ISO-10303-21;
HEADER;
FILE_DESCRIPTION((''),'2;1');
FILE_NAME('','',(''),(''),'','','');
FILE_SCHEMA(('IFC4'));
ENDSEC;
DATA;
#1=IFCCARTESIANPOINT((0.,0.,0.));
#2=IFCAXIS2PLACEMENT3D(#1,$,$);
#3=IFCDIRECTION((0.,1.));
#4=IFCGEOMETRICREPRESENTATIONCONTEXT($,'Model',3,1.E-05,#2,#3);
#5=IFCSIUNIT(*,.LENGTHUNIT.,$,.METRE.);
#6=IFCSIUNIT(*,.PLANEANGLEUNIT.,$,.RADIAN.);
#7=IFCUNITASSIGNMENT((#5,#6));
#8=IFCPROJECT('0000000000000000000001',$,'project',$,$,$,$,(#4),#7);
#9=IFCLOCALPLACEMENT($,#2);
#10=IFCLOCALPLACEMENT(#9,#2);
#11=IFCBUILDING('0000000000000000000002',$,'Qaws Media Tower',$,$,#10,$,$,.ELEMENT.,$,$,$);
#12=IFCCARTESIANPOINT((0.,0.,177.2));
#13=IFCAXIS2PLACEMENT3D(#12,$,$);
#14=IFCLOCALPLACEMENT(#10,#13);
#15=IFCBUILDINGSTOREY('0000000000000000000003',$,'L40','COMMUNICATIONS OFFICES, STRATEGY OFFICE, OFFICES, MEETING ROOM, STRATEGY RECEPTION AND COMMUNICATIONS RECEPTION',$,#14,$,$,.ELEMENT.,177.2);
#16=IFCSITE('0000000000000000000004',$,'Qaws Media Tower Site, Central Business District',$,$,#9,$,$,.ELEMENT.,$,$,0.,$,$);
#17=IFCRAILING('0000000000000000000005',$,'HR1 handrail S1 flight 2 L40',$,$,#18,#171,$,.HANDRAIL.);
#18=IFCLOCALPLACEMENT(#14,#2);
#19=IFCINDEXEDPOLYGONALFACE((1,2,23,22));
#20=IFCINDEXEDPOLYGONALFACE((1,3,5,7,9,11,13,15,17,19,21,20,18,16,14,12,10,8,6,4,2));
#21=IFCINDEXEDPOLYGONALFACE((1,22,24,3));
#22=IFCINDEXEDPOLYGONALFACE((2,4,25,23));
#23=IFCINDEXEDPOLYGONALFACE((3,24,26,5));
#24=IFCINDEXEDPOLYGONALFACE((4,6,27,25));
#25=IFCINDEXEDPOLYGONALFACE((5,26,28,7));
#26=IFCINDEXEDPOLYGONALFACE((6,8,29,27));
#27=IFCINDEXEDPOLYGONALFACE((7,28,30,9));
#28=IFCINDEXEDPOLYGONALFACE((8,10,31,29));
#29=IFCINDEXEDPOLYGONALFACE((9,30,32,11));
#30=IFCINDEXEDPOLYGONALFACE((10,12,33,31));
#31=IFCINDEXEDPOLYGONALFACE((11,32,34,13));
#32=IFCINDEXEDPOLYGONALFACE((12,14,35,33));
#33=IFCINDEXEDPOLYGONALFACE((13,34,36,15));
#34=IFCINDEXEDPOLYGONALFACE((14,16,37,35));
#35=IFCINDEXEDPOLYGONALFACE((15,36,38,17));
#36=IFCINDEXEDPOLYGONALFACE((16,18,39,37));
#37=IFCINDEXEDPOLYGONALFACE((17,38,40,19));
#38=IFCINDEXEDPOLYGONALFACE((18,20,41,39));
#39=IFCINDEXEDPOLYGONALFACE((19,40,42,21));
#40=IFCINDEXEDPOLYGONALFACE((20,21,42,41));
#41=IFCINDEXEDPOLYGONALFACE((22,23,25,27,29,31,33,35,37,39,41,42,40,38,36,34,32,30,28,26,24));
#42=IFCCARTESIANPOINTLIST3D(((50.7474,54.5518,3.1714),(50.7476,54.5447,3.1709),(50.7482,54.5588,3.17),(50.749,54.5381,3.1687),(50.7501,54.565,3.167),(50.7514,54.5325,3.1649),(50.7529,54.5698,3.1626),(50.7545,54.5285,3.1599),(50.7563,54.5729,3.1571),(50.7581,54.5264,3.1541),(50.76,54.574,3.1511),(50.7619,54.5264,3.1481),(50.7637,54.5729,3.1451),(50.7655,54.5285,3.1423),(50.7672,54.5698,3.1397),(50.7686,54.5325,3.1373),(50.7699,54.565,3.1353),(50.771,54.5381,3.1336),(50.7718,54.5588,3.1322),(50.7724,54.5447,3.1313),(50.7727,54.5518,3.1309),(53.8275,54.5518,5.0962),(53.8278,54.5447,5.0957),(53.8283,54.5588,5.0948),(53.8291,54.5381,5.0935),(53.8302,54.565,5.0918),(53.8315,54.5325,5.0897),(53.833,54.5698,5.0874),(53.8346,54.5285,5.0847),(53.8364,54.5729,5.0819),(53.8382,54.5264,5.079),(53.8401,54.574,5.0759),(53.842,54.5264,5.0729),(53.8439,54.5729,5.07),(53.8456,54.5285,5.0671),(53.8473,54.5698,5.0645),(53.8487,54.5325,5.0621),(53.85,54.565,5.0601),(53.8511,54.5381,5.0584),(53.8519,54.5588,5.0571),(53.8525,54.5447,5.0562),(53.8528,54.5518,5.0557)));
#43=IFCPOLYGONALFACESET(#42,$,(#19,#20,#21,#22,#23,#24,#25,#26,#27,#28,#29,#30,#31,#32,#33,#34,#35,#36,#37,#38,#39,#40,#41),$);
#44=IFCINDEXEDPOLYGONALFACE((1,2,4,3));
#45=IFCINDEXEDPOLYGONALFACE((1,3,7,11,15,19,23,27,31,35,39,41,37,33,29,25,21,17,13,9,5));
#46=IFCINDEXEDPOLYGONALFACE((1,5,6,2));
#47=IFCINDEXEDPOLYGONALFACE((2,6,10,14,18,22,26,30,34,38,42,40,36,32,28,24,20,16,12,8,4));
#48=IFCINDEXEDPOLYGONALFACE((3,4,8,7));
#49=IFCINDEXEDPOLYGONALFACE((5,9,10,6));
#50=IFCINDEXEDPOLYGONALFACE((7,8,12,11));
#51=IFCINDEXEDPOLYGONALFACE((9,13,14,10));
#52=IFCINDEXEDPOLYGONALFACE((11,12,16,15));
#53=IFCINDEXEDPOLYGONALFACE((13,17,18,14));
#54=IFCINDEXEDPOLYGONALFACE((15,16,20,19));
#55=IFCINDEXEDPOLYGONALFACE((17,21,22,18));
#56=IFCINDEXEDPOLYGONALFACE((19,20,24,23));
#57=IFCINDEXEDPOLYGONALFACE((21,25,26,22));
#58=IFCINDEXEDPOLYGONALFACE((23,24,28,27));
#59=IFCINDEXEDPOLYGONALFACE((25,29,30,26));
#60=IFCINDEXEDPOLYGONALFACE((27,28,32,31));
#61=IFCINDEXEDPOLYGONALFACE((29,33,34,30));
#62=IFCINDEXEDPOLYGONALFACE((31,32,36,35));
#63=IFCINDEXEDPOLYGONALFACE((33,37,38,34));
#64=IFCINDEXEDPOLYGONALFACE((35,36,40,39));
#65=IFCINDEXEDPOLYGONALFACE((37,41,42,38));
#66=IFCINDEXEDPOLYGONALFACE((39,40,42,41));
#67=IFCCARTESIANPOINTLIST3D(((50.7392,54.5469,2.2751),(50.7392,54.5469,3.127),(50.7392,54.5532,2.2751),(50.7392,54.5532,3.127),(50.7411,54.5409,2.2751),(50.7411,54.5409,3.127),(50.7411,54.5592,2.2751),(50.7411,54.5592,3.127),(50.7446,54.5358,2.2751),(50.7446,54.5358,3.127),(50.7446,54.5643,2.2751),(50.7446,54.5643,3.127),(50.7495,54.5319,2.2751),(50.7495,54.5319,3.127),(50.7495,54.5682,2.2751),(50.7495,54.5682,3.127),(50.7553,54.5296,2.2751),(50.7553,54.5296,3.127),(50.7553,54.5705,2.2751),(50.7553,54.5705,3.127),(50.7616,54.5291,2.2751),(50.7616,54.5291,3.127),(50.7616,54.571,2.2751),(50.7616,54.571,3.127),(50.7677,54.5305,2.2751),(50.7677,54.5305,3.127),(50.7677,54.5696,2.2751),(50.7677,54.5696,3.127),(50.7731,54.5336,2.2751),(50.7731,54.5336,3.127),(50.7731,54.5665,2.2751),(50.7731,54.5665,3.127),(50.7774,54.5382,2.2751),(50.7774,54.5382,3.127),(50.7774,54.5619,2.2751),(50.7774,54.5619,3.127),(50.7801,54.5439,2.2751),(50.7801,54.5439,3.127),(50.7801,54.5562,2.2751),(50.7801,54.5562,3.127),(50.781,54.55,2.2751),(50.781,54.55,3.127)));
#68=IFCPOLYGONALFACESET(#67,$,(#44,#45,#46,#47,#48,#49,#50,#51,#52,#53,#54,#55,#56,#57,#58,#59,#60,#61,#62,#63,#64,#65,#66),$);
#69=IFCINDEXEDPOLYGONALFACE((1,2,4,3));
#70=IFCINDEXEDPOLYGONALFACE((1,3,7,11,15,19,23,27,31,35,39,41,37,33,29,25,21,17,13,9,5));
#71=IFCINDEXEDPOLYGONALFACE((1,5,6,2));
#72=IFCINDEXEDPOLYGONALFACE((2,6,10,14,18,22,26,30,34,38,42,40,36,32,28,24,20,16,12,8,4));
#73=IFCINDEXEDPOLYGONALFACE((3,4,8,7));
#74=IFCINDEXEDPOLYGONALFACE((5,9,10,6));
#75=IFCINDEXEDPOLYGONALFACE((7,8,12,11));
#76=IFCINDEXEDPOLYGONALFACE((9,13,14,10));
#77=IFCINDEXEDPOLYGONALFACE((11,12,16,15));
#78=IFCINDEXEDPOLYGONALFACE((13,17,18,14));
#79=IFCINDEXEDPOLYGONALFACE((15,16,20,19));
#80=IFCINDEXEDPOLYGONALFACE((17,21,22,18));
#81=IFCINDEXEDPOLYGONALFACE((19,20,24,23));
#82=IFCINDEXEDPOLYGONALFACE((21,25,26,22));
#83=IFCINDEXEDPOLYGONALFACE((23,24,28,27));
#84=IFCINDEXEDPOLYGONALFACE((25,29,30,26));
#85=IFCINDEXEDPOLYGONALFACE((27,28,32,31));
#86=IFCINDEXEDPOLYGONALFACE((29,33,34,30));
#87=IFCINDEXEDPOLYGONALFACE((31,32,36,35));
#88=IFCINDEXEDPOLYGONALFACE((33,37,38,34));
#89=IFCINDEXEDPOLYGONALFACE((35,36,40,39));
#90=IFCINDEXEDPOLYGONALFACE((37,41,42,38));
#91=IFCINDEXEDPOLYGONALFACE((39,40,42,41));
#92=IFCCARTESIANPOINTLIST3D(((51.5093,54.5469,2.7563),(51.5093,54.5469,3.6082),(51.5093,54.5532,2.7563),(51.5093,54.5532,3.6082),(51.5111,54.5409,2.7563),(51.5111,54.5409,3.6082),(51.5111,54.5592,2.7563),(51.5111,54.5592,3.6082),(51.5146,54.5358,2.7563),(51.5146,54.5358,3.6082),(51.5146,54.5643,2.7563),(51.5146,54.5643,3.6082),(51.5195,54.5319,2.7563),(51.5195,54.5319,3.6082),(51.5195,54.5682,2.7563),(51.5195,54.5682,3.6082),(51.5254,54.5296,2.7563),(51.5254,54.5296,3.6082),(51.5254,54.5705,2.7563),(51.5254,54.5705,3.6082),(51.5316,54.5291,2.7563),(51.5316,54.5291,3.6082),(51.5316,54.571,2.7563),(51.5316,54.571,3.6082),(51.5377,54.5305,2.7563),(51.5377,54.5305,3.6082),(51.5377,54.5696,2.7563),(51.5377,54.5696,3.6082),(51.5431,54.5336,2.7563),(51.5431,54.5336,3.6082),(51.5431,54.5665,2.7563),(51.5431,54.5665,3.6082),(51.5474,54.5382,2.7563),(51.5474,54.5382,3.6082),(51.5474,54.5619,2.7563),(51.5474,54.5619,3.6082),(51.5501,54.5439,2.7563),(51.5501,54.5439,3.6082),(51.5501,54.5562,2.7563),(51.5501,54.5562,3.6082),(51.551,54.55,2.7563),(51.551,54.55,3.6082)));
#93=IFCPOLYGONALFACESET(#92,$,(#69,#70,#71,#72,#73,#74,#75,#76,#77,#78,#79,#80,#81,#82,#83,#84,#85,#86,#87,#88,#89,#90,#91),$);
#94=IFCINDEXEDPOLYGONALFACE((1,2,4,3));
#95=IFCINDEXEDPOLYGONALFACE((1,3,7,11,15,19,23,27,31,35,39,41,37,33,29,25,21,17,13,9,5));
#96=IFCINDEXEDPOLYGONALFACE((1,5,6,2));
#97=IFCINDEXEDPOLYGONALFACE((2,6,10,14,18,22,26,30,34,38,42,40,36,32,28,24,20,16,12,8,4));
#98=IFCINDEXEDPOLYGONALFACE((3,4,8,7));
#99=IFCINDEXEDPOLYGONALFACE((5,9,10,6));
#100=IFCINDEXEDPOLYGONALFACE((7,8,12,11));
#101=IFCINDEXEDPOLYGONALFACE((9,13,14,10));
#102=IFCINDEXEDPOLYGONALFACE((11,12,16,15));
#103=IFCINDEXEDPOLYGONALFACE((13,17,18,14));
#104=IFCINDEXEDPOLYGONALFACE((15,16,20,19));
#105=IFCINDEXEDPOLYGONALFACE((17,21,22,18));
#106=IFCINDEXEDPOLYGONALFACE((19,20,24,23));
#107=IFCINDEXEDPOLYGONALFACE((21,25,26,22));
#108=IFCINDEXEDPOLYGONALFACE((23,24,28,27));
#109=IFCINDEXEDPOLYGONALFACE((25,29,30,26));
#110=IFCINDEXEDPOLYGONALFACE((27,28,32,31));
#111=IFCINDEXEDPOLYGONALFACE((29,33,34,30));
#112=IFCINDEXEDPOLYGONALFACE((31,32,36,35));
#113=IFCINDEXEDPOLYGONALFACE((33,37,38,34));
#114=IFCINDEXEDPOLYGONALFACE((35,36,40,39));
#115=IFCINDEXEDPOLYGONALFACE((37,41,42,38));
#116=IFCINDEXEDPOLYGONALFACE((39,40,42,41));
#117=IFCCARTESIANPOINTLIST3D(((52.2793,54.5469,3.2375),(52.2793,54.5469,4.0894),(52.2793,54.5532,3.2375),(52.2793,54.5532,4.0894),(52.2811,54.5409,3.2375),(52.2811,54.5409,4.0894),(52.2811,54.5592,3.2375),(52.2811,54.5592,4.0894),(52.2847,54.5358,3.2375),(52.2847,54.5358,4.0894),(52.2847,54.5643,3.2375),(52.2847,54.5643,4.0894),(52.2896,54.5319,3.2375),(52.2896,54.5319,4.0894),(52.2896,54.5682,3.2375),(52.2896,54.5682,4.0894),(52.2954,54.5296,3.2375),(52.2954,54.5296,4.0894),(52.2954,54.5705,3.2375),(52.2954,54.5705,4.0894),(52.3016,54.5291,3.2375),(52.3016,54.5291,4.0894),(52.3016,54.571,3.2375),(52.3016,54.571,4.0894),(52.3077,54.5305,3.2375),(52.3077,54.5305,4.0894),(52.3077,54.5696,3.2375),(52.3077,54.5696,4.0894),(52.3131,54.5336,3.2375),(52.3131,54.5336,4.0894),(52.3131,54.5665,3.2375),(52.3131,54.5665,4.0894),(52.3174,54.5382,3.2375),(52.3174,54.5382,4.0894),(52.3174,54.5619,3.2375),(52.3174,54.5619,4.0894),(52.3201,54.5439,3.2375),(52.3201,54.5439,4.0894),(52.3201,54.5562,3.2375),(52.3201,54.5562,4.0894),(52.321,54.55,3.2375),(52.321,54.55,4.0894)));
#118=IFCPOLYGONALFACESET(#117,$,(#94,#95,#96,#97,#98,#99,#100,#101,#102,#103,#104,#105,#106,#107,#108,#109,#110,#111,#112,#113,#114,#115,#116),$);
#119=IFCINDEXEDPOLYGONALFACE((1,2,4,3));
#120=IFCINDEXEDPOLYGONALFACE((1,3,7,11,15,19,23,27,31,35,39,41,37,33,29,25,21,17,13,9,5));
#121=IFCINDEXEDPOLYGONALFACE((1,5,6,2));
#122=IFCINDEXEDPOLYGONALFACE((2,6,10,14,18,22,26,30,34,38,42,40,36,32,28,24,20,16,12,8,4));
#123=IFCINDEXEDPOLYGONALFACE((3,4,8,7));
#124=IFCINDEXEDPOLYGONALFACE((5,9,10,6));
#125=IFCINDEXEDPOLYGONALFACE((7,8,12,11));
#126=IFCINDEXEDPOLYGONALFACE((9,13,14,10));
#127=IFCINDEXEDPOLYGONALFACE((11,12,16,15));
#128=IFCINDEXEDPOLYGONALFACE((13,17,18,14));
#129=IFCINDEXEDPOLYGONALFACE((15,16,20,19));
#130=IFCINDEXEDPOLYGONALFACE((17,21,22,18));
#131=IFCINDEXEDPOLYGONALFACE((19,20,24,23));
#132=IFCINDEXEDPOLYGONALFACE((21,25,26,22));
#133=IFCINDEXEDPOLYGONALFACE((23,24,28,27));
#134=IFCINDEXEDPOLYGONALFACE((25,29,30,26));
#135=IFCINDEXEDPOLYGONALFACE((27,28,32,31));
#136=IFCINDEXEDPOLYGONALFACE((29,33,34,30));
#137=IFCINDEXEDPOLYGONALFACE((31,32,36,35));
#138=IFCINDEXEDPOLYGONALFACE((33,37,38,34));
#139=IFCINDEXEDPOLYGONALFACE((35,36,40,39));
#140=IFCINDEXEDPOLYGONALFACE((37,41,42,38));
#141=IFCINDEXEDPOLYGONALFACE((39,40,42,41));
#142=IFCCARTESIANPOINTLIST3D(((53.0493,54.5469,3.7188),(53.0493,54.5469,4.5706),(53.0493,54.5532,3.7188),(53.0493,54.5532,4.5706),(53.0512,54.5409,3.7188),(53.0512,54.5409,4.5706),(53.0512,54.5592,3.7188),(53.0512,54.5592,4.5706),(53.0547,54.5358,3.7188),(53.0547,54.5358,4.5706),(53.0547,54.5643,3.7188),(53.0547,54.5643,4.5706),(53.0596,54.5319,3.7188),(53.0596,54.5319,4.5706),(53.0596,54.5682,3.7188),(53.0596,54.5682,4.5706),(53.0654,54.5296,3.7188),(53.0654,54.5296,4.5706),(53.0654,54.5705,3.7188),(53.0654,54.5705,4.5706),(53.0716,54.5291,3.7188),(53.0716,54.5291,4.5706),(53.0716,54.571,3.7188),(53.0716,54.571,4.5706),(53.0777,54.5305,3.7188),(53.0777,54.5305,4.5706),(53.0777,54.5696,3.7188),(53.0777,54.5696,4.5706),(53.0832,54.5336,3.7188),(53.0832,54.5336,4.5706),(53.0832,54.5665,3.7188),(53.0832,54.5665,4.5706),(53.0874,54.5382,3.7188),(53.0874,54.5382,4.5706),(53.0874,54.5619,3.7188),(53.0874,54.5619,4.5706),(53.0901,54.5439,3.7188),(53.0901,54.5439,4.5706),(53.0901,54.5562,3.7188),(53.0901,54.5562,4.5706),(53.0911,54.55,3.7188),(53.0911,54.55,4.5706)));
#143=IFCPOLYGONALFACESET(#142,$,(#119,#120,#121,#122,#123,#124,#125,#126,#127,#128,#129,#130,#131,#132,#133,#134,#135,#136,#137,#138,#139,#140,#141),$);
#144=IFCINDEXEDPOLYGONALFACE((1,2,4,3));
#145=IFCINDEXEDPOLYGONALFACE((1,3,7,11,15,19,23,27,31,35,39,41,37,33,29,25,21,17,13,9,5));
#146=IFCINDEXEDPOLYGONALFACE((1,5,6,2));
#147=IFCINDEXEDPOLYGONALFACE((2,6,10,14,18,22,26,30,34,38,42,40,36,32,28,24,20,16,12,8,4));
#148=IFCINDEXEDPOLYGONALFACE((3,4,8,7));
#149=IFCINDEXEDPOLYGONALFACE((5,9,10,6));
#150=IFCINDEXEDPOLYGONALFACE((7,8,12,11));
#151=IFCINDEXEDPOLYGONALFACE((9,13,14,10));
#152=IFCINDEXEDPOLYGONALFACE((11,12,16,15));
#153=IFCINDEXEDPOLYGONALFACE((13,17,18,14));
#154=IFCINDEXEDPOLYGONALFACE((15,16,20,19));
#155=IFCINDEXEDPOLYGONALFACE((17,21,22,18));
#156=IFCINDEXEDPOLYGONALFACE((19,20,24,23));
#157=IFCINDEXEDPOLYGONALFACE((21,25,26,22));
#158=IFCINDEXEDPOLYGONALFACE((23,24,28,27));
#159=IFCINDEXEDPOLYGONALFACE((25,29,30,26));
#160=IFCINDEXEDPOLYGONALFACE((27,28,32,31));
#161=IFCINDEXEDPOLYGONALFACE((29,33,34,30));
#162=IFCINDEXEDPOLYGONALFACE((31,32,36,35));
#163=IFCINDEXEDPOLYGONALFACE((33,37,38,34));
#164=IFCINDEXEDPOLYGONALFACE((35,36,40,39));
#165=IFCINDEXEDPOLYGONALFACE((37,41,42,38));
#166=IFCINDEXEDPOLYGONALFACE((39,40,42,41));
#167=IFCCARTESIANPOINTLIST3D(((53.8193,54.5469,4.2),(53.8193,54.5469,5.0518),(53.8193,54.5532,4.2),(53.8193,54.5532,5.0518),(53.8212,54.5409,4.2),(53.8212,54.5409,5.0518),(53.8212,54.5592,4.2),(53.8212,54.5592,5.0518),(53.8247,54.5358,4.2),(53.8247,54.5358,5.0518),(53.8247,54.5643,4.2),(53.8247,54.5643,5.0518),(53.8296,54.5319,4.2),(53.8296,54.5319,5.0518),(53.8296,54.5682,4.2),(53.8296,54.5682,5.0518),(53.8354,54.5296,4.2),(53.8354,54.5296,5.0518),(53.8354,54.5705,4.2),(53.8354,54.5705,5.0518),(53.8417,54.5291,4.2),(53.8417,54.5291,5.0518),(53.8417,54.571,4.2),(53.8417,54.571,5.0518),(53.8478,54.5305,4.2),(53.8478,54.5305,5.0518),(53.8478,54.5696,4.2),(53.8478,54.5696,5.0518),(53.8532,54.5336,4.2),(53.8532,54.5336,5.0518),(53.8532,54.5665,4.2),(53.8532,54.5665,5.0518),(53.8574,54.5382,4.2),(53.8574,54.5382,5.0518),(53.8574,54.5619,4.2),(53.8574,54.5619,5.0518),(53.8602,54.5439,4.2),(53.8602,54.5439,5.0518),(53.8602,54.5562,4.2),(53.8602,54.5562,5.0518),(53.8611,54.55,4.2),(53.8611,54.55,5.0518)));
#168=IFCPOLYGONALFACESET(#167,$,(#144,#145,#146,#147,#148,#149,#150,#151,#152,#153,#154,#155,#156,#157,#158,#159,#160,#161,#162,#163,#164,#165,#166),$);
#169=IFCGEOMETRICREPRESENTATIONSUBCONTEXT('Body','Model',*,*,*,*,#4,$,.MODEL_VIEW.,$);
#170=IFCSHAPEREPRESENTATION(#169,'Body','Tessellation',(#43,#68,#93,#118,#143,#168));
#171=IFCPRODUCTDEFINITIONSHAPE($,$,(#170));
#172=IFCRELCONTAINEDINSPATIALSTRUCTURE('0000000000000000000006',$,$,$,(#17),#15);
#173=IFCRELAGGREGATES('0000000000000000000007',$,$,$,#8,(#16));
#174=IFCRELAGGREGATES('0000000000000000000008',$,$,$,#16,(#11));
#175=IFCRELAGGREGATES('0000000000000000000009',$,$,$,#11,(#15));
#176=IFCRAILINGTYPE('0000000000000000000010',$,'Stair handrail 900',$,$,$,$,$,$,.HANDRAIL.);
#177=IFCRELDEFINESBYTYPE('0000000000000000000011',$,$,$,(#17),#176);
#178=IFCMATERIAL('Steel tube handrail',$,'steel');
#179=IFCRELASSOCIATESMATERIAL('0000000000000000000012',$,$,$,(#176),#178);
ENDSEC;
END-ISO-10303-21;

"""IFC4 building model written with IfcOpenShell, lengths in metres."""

from ifc_helpers import new_model, si_unit, direction, frame, origin, origin_2d, place, context, subcontext, project, spatial, circle, extrude, material, type_object, element, save


model = new_model("IFC4")

# Units and contexts
model_context = context("Model", 3, precision=1e-05, world=origin(), true_north=direction((0.0, 1.0)))
body_context = subcontext(model_context, "Body", "Model", "MODEL_VIEW")
ifc_project = project(units=[si_unit("LENGTHUNIT", "METRE"), si_unit("PLANEANGLEUNIT", "RADIAN")], contexts=[model_context])

# Site, building, storey
site_placement = place(None, origin())
site = spatial("IfcSite", under=ifc_project, at=site_placement, Name="Qaws Media Tower Site, Central Business District", CompositionType="ELEMENT", RefElevation=0.0)
building_placement = place(site_placement, origin())
building = spatial("IfcBuilding", under=site, at=building_placement, Name="Qaws Media Tower", CompositionType="ELEMENT")
storey_placement = place(building_placement, frame((0.0, 0.0, 177.2)))
storey = spatial("IfcBuildingStorey", under=building, at=storey_placement, Name="L40", Description="COMMUNICATIONS OFFICES, STRATEGY OFFICE, OFFICES, MEETING ROOM, STRATEGY RECEPTION AND COMMUNICATIONS RECEPTION", CompositionType="ELEMENT", Elevation=177.2)

# Railing
ifc_material_1 = material(Name="Steel tube handrail", Category="steel")
railing_type = type_object("IfcRailingType", Name="Stair handrail 900", PredefinedType="HANDRAIL", material=ifc_material_1)
for number, where, name in (
    (1, (50.76, 54.55, 2.2751), "HR1 handrail S1 flight 2 L40"),
):
    element("IfcRailing", number, at=place(storey_placement, frame(where)), inside=storey, type_object=railing_type, Name=name, PredefinedType="HANDRAIL", context=body_context, shape_type="SweptSolid", body=[
        extrude(circle(Radius=0.0239, at=origin_2d()), frame((0.0, 0.0, 0.876), z_axis=(0.848029, 0.0, 0.529951), x_axis=(0.0, 1.0, 0.0)), (0.0, 0.0, 1.0), 3.6321),
        extrude(circle(Radius=0.021, at=origin_2d()), origin(), (0.0, 0.0, 1.0), 0.8518),
        extrude(circle(Radius=0.021, at=origin_2d()), frame((0.77, 0.0, 0.4812)), (0.0, 0.0, 1.0), 0.8518),
        extrude(circle(Radius=0.021, at=origin_2d()), frame((1.54, 0.0, 0.9624)), (0.0, 0.0, 1.0), 0.8518),
        extrude(circle(Radius=0.021, at=origin_2d()), frame((2.3101, 0.0, 1.4436)), (0.0, 0.0, 1.0), 0.8518),
        extrude(circle(Radius=0.021, at=origin_2d()), frame((3.0801, 0.0, 1.9248)), (0.0, 0.0, 1.0), 0.8518),
    ])

save(model, "model.ifc")
